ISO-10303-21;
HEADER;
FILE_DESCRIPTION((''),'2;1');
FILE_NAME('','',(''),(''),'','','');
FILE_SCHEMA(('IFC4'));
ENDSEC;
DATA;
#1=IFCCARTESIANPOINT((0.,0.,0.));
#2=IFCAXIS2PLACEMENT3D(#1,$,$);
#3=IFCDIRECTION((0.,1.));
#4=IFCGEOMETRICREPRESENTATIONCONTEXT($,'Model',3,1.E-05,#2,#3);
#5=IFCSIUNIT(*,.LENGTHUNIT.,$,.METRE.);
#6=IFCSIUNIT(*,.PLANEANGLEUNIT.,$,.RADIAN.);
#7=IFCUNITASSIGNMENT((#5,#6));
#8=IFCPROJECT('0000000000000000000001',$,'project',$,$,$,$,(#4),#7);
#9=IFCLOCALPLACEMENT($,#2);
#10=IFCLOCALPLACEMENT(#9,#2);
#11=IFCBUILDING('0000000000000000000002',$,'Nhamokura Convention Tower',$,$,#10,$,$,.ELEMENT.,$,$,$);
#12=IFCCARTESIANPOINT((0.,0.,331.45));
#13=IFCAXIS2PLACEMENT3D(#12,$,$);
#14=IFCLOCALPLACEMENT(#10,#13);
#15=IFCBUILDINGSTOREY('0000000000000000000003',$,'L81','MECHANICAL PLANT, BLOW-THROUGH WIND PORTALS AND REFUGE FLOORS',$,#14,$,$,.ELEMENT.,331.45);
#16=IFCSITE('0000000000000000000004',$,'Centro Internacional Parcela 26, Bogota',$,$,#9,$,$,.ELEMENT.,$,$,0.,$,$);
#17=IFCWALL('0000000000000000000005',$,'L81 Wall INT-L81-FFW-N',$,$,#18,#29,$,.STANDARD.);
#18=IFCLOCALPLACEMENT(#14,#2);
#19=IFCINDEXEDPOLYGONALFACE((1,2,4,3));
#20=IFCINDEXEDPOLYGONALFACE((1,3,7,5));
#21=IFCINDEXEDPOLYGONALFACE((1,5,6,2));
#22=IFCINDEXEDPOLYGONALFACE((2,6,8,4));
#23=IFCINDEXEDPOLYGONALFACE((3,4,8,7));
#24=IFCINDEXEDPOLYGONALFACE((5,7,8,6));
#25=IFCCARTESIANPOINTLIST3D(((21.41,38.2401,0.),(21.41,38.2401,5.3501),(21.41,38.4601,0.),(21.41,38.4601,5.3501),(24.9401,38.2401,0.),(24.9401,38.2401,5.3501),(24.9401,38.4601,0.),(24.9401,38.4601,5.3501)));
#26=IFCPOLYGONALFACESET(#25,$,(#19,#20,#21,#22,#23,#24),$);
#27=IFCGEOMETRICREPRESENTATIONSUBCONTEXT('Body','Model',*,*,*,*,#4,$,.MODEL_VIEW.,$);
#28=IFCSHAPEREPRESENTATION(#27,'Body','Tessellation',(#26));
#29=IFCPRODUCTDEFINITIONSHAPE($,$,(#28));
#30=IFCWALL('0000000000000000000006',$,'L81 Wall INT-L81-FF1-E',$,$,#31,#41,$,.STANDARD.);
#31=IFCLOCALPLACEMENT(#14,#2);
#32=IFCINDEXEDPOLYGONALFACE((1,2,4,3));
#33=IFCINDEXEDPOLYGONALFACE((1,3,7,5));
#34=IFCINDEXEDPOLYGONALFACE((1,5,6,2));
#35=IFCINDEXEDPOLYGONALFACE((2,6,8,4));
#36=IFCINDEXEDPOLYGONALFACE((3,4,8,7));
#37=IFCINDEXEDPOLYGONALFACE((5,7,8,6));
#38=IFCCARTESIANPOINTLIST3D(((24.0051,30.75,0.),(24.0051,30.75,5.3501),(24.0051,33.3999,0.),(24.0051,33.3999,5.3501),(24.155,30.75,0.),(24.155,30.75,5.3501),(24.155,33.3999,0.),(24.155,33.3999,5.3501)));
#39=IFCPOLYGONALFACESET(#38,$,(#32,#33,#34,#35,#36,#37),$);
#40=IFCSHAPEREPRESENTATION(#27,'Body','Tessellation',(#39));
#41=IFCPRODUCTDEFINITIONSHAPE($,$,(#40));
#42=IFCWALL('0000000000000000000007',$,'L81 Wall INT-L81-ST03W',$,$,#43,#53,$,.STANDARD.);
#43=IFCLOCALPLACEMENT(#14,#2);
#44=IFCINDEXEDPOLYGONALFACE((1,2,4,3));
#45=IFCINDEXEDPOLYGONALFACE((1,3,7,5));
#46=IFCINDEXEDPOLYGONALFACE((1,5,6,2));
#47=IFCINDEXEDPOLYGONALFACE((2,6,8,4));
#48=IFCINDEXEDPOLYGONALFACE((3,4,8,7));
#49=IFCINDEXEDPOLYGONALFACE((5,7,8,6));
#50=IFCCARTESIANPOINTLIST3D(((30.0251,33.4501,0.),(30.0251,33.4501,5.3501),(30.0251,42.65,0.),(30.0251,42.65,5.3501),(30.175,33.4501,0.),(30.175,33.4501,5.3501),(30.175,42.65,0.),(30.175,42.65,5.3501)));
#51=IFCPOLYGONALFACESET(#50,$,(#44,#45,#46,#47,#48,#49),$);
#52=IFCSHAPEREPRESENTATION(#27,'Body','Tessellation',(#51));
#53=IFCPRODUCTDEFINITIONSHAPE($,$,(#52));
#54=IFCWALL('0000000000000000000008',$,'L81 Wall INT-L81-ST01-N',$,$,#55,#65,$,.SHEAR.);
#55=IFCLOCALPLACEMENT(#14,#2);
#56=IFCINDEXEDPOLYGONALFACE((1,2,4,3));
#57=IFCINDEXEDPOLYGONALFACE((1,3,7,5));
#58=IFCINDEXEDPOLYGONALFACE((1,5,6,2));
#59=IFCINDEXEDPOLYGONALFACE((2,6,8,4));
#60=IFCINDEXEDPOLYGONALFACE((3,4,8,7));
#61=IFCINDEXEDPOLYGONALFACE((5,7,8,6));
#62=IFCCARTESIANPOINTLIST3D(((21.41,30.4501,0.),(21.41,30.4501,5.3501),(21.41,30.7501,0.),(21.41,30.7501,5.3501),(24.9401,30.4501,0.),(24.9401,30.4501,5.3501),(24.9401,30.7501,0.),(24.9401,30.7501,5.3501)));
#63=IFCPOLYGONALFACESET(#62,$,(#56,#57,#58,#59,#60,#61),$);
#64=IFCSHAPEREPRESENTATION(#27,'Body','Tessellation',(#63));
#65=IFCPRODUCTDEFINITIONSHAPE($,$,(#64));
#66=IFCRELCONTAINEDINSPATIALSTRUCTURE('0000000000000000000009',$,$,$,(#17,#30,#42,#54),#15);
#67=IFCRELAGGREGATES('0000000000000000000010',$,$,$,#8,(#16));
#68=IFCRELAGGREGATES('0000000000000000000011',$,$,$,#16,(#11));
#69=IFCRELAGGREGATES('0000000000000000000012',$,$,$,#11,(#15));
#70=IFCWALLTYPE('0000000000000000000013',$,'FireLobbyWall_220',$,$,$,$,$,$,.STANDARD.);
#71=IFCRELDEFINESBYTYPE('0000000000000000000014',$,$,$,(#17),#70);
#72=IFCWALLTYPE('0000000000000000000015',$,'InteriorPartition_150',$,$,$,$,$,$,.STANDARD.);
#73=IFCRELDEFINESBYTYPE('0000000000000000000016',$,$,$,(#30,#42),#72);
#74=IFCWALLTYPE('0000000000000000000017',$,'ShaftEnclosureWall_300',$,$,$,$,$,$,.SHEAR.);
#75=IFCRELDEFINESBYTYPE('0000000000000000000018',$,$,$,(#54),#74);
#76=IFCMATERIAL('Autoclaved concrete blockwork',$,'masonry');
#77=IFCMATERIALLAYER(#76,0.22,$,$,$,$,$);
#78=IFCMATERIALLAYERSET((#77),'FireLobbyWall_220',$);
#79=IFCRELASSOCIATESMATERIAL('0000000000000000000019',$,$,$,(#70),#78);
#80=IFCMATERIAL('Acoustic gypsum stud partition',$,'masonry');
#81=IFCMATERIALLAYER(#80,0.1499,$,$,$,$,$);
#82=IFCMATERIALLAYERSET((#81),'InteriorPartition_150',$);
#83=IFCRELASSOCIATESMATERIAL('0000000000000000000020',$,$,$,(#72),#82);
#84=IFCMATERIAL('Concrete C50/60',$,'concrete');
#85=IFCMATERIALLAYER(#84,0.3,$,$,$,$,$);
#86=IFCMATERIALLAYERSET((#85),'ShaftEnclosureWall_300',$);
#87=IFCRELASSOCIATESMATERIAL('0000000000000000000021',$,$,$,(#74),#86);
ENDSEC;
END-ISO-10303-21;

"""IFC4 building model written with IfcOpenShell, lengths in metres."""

from ifc_helpers import new_model, si_unit, direction, frame, frame_2d, origin, place, context, subcontext, project, spatial, rectangle, extrude, material, layer, layer_set, type_object, element, save


model = new_model("IFC4")

# Units and contexts
model_context = context("Model", 3, precision=1e-05, world=origin(), true_north=direction((0.0, 1.0)))
body_context = subcontext(model_context, "Body", "Model", "MODEL_VIEW")
ifc_project = project(units=[si_unit("LENGTHUNIT", "METRE"), si_unit("PLANEANGLEUNIT", "RADIAN")], contexts=[model_context])

# Site, building, storey
site_placement = place(None, origin())
site = spatial("IfcSite", under=ifc_project, at=site_placement, Name="Centro Internacional Parcela 26, Bogota", CompositionType="ELEMENT", RefElevation=0.0)
building_placement = place(site_placement, origin())
building = spatial("IfcBuilding", under=site, at=building_placement, Name="Nhamokura Convention Tower", CompositionType="ELEMENT")
storey_placement = place(building_placement, frame((0.0, 0.0, 331.45)))
storey = spatial("IfcBuildingStorey", under=building, at=storey_placement, Name="L81", Description="MECHANICAL PLANT, BLOW-THROUGH WIND PORTALS AND REFUGE FLOORS", CompositionType="ELEMENT", Elevation=331.45)

# Shared definitions
ifc_material_1 = material(Name="Autoclaved concrete blockwork", Category="masonry")
ifc_layer_1 = layer(ifc_material_1, 0.22)
ifc_layer_set_1 = layer_set([ifc_layer_1], Name="FireLobbyWall_220")
wall_type_1 = type_object("IfcWallType", Name="FireLobbyWall_220", PredefinedType="STANDARD", material=ifc_layer_set_1)

# Walls
wall_1_placement = place(storey_placement, frame((21.4099, 38.3501, 0.0), z_axis=(0.0, 0.0, 1.0), x_axis=(1.0, 0.0, 0.0)))
element("IfcWall", 1, at=wall_1_placement, inside=storey, type_object=wall_type_1, Name="L81 Wall INT-L81-FFW-N", PredefinedType="STANDARD", context=body_context, shape_type="SweptSolid", body=[
    extrude(rectangle(XDim=3.53, YDim=0.22, at=frame_2d((1.7651, 0.0))), origin(), (0.0, 0.0, 1.0), 5.3501),
])
ifc_material_2 = material(Name="Acoustic gypsum stud partition", Category="masonry")
ifc_layer_2 = layer(ifc_material_2, 0.1499)
ifc_layer_set_2 = layer_set([ifc_layer_2], Name="InteriorPartition_150")
wall_type_2 = type_object("IfcWallType", Name="InteriorPartition_150", PredefinedType="STANDARD", material=ifc_layer_set_2)
wall_2_placement = place(storey_placement, frame((24.0801, 30.75, 0.0), z_axis=(0.0, 0.0, 1.0), x_axis=(0.0, 1.0, 0.0)))
element("IfcWall", 2, at=wall_2_placement, inside=storey, type_object=wall_type_2, Name="L81 Wall INT-L81-FF1-E", PredefinedType="STANDARD", context=body_context, shape_type="SweptSolid", body=[
    extrude(rectangle(XDim=2.6499, YDim=0.1499, at=frame_2d((1.325, 0.0))), origin(), (0.0, 0.0, 1.0), 5.3501),
])
wall_3_placement = place(storey_placement, frame((30.1001, 33.45, 0.0), z_axis=(0.0, 0.0, 1.0), x_axis=(0.0, 1.0, 0.0)))
element("IfcWall", 3, at=wall_3_placement, inside=storey, type_object=wall_type_2, Name="L81 Wall INT-L81-ST03W", PredefinedType="STANDARD", context=body_context, shape_type="SweptSolid", body=[
    extrude(rectangle(XDim=9.2, YDim=0.1499, at=frame_2d((4.6001, 0.0))), origin(), (0.0, 0.0, 1.0), 5.3501),
])
ifc_material_3 = material(Name="Concrete C50/60", Category="concrete")
ifc_layer_3 = layer(ifc_material_3, 0.3)
ifc_layer_set_3 = layer_set([ifc_layer_3], Name="ShaftEnclosureWall_300")
wall_type_3 = type_object("IfcWallType", Name="ShaftEnclosureWall_300", PredefinedType="SHEAR", material=ifc_layer_set_3)
wall_4_placement = place(storey_placement, frame((21.4099, 30.6001, 0.0), z_axis=(0.0, 0.0, 1.0), x_axis=(1.0, 0.0, 0.0)))
element("IfcWall", 4, at=wall_4_placement, inside=storey, type_object=wall_type_3, Name="L81 Wall INT-L81-ST01-N", PredefinedType="SHEAR", context=body_context, shape_type="SweptSolid", body=[
    extrude(rectangle(XDim=3.53, YDim=0.3, at=frame_2d((1.7651, 0.0))), origin(), (0.0, 0.0, 1.0), 5.3501),
])

save(model, "model.ifc")
